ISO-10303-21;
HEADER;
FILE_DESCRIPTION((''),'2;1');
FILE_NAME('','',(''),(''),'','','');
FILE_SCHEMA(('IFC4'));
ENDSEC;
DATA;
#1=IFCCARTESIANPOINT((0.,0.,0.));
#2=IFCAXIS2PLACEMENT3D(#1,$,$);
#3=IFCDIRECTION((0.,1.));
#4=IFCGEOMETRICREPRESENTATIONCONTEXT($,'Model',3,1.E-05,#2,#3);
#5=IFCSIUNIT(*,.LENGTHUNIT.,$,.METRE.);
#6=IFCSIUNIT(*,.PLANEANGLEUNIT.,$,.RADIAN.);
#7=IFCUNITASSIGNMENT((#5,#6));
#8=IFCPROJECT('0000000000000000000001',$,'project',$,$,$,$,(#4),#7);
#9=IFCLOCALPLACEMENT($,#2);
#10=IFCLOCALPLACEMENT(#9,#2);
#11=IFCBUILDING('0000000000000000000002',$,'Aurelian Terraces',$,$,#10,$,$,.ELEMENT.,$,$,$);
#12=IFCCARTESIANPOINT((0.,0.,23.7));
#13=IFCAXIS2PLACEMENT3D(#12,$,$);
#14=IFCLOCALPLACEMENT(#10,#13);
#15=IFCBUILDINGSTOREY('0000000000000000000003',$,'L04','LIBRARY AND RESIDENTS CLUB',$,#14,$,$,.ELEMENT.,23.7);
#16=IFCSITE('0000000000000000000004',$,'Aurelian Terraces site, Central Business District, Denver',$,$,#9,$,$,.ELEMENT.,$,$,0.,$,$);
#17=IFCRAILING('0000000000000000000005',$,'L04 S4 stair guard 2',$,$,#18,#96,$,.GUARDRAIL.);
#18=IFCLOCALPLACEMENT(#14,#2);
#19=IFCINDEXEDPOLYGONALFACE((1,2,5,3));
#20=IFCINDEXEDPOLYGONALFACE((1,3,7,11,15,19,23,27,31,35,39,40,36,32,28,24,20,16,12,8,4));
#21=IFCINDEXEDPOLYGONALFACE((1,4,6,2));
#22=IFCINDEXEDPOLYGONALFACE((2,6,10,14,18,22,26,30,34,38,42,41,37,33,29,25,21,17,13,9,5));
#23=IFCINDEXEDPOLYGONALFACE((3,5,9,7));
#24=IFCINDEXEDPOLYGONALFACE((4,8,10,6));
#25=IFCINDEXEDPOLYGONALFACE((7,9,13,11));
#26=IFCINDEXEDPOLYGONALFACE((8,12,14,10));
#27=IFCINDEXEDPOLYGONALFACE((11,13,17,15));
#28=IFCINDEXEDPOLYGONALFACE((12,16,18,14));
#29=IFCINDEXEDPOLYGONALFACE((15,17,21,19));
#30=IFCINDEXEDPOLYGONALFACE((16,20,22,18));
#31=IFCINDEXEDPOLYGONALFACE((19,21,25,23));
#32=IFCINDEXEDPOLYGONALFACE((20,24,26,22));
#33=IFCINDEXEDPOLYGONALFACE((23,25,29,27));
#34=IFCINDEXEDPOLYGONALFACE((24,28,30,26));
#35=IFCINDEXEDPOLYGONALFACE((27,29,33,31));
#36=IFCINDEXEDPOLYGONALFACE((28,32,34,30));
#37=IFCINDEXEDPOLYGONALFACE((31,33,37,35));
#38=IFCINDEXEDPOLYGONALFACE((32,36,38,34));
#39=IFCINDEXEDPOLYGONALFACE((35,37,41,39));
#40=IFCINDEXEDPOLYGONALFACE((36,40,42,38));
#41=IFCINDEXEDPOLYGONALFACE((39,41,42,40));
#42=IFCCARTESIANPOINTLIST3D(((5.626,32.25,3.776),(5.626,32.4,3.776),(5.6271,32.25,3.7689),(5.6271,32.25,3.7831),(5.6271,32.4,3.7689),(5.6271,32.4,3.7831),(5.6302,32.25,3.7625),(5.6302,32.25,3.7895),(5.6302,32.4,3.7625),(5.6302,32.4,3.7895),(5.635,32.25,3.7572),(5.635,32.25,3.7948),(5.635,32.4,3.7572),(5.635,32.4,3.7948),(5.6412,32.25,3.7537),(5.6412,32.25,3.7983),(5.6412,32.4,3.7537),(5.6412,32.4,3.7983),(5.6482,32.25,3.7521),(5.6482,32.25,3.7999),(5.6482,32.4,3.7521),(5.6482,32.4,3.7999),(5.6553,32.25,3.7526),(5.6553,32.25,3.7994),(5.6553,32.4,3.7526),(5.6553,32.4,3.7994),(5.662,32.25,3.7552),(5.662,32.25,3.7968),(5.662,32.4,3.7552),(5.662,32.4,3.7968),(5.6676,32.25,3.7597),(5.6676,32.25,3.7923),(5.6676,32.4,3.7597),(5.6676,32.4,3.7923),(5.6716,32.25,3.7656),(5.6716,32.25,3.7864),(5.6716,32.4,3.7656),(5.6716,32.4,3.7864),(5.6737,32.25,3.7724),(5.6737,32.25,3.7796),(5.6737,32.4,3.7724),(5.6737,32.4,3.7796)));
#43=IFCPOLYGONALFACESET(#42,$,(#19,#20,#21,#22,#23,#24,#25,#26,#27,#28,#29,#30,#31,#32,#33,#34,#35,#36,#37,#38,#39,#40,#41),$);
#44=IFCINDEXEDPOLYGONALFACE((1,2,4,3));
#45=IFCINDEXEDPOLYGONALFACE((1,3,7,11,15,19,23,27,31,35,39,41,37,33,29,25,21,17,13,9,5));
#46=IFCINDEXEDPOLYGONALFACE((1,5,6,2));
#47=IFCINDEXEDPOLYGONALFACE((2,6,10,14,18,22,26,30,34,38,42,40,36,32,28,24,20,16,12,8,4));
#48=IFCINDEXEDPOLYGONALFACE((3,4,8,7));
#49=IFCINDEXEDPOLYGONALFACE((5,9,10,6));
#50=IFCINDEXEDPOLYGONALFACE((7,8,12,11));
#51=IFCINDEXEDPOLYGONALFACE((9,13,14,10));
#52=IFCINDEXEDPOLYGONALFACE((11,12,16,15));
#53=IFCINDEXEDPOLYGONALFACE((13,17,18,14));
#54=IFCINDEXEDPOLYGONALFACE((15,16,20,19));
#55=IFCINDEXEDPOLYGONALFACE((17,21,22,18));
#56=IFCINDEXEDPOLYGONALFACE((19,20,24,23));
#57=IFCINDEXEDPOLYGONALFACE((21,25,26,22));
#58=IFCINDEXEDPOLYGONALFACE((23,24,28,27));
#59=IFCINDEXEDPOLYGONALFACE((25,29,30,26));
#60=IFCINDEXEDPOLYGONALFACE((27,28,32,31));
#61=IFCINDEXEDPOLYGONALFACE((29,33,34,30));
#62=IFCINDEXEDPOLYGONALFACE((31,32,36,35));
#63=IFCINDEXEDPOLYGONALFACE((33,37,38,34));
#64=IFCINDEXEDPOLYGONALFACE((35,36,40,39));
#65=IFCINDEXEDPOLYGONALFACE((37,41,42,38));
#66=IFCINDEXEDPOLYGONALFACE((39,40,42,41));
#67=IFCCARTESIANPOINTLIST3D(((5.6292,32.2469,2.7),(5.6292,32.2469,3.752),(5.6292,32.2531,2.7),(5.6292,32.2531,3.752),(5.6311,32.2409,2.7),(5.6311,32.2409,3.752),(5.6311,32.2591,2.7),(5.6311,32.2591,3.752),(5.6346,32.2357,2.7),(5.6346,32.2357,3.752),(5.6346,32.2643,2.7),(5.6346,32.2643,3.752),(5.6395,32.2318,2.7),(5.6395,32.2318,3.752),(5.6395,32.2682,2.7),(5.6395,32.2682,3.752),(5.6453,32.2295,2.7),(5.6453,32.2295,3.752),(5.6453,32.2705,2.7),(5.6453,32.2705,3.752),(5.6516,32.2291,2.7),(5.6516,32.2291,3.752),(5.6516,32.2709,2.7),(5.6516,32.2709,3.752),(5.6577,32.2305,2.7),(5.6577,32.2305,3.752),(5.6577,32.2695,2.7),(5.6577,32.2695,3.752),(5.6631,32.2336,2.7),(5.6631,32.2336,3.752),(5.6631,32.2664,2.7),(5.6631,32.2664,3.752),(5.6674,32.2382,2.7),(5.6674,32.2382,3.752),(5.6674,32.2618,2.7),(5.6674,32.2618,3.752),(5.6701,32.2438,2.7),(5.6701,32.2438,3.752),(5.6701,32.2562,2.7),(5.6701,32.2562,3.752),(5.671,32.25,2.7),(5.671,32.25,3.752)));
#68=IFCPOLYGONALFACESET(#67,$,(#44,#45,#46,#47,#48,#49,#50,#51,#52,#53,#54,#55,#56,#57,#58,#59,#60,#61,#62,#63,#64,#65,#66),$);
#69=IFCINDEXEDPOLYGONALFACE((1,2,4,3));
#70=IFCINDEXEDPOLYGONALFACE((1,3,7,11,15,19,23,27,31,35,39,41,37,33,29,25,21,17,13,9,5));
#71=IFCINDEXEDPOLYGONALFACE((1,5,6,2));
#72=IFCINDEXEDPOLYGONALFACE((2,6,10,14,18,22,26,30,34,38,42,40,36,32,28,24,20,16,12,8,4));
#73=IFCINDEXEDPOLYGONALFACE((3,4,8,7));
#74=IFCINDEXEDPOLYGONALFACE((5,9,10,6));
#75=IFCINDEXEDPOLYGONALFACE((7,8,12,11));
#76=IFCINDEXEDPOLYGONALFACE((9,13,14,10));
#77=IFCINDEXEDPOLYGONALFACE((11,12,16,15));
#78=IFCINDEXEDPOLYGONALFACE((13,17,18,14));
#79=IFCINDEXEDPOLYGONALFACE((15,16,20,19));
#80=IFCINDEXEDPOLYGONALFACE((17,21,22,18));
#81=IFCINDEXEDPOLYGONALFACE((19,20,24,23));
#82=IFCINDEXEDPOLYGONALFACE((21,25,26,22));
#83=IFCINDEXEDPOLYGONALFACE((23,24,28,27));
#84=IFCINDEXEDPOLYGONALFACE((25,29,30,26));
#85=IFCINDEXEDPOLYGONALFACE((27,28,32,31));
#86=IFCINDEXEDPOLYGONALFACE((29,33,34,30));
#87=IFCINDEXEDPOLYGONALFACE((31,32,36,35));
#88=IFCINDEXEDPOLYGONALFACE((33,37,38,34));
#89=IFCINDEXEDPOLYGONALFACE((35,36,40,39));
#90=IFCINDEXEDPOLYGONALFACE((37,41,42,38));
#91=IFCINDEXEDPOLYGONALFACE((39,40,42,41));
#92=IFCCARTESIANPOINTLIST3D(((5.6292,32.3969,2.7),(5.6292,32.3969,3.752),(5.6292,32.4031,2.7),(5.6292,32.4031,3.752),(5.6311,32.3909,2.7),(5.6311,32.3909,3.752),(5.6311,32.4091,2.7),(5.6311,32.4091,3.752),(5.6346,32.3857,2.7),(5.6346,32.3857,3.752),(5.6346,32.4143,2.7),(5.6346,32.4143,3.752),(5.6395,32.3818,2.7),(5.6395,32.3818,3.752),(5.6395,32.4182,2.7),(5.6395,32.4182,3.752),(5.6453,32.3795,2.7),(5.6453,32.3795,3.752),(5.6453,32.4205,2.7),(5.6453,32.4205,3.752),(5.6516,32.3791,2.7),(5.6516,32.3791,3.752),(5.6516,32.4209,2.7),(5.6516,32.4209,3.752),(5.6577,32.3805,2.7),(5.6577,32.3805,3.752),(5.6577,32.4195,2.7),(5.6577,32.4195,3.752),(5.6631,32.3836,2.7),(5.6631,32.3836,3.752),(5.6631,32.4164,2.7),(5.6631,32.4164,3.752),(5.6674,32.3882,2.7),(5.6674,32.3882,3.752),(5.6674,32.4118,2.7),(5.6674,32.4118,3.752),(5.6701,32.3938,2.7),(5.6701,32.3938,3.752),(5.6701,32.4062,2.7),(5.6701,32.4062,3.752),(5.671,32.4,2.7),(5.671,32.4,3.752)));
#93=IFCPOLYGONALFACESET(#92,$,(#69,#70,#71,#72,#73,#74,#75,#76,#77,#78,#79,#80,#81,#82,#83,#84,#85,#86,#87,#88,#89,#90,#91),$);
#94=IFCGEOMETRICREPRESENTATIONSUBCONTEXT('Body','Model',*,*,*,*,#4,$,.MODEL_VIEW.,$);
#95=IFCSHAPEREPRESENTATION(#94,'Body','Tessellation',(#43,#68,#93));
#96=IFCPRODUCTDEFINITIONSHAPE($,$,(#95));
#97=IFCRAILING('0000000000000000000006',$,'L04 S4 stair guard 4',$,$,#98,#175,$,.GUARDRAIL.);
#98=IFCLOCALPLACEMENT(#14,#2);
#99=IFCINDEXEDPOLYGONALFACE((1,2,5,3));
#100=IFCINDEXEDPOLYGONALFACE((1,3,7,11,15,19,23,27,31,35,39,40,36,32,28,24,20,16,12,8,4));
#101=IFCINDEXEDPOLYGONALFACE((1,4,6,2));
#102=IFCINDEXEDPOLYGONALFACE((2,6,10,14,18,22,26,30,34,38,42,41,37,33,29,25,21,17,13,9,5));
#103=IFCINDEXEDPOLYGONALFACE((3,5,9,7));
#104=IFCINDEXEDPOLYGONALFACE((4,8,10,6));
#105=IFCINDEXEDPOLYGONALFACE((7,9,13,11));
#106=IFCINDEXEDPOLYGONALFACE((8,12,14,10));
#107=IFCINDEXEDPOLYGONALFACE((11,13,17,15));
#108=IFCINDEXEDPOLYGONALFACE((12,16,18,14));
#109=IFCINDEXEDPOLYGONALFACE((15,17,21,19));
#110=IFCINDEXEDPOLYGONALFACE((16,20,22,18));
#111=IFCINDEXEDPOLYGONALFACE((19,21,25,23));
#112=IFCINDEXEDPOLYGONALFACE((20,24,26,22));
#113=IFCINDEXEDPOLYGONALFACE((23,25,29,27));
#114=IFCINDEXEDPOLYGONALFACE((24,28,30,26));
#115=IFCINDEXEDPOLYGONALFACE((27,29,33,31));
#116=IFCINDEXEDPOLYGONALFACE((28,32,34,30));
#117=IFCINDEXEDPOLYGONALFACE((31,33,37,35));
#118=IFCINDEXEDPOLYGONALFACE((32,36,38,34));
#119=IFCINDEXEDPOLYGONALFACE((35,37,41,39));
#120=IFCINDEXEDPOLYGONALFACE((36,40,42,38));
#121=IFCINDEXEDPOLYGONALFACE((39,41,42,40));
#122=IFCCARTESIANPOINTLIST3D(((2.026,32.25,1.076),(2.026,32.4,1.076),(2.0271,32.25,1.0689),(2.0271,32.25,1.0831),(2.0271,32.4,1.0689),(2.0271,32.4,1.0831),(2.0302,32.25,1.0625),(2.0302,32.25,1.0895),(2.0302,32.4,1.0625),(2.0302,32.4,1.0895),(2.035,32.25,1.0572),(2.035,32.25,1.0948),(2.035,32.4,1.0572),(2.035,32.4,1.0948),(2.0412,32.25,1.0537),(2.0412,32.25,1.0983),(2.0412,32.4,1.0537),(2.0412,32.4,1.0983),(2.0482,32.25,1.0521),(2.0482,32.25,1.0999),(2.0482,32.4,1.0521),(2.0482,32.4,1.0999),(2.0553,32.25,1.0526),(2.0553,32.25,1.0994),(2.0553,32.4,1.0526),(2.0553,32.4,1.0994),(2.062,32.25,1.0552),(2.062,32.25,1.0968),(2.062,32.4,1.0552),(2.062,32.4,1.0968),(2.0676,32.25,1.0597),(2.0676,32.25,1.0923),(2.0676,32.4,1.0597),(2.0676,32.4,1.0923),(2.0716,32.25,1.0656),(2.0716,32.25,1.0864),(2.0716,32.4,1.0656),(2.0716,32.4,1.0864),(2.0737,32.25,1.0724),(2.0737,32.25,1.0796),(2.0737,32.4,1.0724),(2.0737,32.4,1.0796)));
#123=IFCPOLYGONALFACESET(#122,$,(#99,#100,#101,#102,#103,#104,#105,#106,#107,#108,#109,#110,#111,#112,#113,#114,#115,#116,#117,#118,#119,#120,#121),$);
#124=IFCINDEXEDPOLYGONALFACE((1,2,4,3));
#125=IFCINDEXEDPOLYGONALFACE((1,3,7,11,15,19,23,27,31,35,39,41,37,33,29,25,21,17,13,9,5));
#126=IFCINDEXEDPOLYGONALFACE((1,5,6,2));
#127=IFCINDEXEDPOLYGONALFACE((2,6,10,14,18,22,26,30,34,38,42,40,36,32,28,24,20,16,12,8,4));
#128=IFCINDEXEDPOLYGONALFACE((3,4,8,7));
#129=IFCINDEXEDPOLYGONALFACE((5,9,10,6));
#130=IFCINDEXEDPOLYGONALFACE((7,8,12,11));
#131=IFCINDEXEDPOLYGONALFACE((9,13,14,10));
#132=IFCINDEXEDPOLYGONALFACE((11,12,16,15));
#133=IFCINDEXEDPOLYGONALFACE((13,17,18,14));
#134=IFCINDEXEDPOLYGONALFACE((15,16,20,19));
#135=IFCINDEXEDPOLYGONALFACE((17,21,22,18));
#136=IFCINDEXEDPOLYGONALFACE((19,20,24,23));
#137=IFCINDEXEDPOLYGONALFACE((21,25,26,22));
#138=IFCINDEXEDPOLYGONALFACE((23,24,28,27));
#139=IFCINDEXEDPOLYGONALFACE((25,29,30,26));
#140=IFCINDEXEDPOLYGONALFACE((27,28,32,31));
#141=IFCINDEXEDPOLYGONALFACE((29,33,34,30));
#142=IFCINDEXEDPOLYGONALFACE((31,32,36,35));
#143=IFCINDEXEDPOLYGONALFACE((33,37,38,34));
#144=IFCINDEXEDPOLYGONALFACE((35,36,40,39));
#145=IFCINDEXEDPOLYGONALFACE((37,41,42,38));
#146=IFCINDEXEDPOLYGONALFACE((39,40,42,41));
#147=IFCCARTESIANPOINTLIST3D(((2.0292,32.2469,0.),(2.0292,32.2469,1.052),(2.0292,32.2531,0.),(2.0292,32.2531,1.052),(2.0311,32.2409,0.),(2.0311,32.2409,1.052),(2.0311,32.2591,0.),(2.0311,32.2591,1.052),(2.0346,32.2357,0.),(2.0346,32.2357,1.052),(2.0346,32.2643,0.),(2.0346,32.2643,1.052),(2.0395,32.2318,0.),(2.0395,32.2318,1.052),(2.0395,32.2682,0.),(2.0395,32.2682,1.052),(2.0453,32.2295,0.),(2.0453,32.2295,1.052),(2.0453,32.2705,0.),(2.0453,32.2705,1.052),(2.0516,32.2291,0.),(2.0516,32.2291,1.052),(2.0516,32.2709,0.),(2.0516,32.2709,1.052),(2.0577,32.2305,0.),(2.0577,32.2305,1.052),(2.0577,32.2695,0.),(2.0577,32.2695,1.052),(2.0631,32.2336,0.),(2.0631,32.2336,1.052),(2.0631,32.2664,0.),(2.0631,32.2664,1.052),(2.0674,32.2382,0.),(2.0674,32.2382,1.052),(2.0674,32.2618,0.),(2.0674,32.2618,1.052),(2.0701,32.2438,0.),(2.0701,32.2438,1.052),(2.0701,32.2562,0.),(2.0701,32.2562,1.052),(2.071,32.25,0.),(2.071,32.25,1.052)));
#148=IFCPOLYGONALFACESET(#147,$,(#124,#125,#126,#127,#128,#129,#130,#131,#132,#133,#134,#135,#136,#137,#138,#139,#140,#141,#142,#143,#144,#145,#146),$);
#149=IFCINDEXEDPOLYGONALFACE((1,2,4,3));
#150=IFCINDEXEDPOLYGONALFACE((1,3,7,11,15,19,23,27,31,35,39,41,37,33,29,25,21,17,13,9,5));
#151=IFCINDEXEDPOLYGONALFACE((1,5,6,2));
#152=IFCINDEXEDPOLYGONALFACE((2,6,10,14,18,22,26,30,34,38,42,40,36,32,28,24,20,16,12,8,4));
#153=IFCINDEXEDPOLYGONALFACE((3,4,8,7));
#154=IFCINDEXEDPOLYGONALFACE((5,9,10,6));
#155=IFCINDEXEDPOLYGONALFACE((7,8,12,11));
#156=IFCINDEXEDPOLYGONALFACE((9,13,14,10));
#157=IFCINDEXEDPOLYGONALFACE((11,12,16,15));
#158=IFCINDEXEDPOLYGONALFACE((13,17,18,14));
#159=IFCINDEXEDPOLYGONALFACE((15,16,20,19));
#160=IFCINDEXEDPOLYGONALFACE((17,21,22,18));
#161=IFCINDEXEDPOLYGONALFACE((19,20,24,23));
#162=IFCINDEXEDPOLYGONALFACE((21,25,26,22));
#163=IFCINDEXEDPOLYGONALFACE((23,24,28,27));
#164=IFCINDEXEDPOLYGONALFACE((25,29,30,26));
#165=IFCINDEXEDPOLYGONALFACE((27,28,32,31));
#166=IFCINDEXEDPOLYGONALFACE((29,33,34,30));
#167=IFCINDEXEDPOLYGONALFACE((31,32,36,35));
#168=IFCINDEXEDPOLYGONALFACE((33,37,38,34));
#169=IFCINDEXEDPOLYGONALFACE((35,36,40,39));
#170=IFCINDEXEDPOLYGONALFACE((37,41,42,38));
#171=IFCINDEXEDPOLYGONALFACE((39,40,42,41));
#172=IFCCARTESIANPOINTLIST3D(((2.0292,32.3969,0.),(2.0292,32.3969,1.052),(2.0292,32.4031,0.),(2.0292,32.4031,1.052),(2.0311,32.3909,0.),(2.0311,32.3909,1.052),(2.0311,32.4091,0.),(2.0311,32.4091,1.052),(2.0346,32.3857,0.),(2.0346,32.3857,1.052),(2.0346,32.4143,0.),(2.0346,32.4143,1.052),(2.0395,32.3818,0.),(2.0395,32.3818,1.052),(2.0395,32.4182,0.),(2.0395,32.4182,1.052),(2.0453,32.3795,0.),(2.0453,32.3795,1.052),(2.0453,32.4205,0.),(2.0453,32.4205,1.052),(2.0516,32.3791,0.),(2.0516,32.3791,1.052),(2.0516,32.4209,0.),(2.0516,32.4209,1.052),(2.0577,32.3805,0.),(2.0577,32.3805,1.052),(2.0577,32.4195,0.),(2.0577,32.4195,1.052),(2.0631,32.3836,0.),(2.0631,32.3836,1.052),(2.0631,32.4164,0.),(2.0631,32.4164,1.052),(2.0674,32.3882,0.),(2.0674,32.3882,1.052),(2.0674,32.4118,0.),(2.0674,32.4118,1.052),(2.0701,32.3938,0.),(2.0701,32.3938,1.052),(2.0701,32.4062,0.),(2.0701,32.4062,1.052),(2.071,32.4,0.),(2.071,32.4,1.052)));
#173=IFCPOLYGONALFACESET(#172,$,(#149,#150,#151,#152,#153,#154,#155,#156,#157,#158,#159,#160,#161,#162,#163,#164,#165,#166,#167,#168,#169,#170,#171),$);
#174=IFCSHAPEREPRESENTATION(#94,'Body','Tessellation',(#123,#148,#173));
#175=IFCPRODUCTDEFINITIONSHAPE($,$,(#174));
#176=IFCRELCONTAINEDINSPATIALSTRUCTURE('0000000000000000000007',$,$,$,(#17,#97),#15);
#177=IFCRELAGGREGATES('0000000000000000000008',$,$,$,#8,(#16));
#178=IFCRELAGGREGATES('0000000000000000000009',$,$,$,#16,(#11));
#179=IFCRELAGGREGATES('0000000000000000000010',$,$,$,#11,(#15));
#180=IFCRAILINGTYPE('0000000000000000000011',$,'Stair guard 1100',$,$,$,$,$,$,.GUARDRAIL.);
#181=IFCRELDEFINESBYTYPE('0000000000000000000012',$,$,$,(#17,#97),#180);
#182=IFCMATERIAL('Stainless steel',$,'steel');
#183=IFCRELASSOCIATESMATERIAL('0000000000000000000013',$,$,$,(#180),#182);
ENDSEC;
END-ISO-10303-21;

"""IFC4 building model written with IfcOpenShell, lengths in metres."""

from ifc_helpers import new_model, si_unit, direction, frame, origin, origin_2d, place, context, subcontext, project, spatial, circle, extrude, source, transform, mapped, material, type_object, element, save


model = new_model("IFC4")

# Units and contexts
model_context = context("Model", 3, precision=1e-05, world=origin(), true_north=direction((0.0, 1.0)))
body_context = subcontext(model_context, "Body", "Model", "MODEL_VIEW")
ifc_project = project(units=[si_unit("LENGTHUNIT", "METRE"), si_unit("PLANEANGLEUNIT", "RADIAN")], contexts=[model_context])

# Site, building, storey
site_placement = place(None, origin())
site = spatial("IfcSite", under=ifc_project, at=site_placement, Name="Aurelian Terraces site, Central Business District, Denver", CompositionType="ELEMENT", RefElevation=0.0)
building_placement = place(site_placement, origin())
building = spatial("IfcBuilding", under=site, at=building_placement, Name="Aurelian Terraces", CompositionType="ELEMENT")
storey_placement = place(building_placement, frame((0.0, 0.0, 23.7)))
storey = spatial("IfcBuildingStorey", under=building, at=storey_placement, Name="L04", Description="LIBRARY AND RESIDENTS CLUB", CompositionType="ELEMENT", Elevation=23.7)

# Railings
ifc_material_1 = material(Name="Stainless steel", Category="steel")
railing_type_1 = type_object("IfcRailingType", Name="Stair guard 1100", PredefinedType="GUARDRAIL", material=ifc_material_1)
shared_shape_1 = source(origin(), body_context, "Body", "SweptSolid", [
    extrude(circle(Radius=0.024, at=origin_2d()), frame((0.0, 0.0, 1.076), z_axis=(0.0, 1.0, 0.0), x_axis=(-1.0, 0.0, 0.0)), (0.0, 0.0, 1.0), 0.15),
    extrude(circle(Radius=0.021, at=origin_2d()), origin(), (0.0, 0.0, 1.0), 1.052),
    extrude(circle(Radius=0.021, at=origin_2d()), frame((0.0, 0.15, 0.0)), (0.0, 0.0, 1.0), 1.052),
])
for number, where, name in (
    (1, (5.65, 32.25, 2.7), "L04 S4 stair guard 2"),
    (2, (2.05, 32.25, 0.0), "L04 S4 stair guard 4"),
):
    element("IfcRailing", number, at=place(storey_placement, frame(where)), inside=storey, type_object=railing_type_1, Name=name, PredefinedType="GUARDRAIL", context=body_context, shape_type="MappedRepresentation", body=[
        mapped(shared_shape_1, transform((0.0, 0.0, 0.0), scale=1.0)),
    ])

save(model, "model.ifc")
